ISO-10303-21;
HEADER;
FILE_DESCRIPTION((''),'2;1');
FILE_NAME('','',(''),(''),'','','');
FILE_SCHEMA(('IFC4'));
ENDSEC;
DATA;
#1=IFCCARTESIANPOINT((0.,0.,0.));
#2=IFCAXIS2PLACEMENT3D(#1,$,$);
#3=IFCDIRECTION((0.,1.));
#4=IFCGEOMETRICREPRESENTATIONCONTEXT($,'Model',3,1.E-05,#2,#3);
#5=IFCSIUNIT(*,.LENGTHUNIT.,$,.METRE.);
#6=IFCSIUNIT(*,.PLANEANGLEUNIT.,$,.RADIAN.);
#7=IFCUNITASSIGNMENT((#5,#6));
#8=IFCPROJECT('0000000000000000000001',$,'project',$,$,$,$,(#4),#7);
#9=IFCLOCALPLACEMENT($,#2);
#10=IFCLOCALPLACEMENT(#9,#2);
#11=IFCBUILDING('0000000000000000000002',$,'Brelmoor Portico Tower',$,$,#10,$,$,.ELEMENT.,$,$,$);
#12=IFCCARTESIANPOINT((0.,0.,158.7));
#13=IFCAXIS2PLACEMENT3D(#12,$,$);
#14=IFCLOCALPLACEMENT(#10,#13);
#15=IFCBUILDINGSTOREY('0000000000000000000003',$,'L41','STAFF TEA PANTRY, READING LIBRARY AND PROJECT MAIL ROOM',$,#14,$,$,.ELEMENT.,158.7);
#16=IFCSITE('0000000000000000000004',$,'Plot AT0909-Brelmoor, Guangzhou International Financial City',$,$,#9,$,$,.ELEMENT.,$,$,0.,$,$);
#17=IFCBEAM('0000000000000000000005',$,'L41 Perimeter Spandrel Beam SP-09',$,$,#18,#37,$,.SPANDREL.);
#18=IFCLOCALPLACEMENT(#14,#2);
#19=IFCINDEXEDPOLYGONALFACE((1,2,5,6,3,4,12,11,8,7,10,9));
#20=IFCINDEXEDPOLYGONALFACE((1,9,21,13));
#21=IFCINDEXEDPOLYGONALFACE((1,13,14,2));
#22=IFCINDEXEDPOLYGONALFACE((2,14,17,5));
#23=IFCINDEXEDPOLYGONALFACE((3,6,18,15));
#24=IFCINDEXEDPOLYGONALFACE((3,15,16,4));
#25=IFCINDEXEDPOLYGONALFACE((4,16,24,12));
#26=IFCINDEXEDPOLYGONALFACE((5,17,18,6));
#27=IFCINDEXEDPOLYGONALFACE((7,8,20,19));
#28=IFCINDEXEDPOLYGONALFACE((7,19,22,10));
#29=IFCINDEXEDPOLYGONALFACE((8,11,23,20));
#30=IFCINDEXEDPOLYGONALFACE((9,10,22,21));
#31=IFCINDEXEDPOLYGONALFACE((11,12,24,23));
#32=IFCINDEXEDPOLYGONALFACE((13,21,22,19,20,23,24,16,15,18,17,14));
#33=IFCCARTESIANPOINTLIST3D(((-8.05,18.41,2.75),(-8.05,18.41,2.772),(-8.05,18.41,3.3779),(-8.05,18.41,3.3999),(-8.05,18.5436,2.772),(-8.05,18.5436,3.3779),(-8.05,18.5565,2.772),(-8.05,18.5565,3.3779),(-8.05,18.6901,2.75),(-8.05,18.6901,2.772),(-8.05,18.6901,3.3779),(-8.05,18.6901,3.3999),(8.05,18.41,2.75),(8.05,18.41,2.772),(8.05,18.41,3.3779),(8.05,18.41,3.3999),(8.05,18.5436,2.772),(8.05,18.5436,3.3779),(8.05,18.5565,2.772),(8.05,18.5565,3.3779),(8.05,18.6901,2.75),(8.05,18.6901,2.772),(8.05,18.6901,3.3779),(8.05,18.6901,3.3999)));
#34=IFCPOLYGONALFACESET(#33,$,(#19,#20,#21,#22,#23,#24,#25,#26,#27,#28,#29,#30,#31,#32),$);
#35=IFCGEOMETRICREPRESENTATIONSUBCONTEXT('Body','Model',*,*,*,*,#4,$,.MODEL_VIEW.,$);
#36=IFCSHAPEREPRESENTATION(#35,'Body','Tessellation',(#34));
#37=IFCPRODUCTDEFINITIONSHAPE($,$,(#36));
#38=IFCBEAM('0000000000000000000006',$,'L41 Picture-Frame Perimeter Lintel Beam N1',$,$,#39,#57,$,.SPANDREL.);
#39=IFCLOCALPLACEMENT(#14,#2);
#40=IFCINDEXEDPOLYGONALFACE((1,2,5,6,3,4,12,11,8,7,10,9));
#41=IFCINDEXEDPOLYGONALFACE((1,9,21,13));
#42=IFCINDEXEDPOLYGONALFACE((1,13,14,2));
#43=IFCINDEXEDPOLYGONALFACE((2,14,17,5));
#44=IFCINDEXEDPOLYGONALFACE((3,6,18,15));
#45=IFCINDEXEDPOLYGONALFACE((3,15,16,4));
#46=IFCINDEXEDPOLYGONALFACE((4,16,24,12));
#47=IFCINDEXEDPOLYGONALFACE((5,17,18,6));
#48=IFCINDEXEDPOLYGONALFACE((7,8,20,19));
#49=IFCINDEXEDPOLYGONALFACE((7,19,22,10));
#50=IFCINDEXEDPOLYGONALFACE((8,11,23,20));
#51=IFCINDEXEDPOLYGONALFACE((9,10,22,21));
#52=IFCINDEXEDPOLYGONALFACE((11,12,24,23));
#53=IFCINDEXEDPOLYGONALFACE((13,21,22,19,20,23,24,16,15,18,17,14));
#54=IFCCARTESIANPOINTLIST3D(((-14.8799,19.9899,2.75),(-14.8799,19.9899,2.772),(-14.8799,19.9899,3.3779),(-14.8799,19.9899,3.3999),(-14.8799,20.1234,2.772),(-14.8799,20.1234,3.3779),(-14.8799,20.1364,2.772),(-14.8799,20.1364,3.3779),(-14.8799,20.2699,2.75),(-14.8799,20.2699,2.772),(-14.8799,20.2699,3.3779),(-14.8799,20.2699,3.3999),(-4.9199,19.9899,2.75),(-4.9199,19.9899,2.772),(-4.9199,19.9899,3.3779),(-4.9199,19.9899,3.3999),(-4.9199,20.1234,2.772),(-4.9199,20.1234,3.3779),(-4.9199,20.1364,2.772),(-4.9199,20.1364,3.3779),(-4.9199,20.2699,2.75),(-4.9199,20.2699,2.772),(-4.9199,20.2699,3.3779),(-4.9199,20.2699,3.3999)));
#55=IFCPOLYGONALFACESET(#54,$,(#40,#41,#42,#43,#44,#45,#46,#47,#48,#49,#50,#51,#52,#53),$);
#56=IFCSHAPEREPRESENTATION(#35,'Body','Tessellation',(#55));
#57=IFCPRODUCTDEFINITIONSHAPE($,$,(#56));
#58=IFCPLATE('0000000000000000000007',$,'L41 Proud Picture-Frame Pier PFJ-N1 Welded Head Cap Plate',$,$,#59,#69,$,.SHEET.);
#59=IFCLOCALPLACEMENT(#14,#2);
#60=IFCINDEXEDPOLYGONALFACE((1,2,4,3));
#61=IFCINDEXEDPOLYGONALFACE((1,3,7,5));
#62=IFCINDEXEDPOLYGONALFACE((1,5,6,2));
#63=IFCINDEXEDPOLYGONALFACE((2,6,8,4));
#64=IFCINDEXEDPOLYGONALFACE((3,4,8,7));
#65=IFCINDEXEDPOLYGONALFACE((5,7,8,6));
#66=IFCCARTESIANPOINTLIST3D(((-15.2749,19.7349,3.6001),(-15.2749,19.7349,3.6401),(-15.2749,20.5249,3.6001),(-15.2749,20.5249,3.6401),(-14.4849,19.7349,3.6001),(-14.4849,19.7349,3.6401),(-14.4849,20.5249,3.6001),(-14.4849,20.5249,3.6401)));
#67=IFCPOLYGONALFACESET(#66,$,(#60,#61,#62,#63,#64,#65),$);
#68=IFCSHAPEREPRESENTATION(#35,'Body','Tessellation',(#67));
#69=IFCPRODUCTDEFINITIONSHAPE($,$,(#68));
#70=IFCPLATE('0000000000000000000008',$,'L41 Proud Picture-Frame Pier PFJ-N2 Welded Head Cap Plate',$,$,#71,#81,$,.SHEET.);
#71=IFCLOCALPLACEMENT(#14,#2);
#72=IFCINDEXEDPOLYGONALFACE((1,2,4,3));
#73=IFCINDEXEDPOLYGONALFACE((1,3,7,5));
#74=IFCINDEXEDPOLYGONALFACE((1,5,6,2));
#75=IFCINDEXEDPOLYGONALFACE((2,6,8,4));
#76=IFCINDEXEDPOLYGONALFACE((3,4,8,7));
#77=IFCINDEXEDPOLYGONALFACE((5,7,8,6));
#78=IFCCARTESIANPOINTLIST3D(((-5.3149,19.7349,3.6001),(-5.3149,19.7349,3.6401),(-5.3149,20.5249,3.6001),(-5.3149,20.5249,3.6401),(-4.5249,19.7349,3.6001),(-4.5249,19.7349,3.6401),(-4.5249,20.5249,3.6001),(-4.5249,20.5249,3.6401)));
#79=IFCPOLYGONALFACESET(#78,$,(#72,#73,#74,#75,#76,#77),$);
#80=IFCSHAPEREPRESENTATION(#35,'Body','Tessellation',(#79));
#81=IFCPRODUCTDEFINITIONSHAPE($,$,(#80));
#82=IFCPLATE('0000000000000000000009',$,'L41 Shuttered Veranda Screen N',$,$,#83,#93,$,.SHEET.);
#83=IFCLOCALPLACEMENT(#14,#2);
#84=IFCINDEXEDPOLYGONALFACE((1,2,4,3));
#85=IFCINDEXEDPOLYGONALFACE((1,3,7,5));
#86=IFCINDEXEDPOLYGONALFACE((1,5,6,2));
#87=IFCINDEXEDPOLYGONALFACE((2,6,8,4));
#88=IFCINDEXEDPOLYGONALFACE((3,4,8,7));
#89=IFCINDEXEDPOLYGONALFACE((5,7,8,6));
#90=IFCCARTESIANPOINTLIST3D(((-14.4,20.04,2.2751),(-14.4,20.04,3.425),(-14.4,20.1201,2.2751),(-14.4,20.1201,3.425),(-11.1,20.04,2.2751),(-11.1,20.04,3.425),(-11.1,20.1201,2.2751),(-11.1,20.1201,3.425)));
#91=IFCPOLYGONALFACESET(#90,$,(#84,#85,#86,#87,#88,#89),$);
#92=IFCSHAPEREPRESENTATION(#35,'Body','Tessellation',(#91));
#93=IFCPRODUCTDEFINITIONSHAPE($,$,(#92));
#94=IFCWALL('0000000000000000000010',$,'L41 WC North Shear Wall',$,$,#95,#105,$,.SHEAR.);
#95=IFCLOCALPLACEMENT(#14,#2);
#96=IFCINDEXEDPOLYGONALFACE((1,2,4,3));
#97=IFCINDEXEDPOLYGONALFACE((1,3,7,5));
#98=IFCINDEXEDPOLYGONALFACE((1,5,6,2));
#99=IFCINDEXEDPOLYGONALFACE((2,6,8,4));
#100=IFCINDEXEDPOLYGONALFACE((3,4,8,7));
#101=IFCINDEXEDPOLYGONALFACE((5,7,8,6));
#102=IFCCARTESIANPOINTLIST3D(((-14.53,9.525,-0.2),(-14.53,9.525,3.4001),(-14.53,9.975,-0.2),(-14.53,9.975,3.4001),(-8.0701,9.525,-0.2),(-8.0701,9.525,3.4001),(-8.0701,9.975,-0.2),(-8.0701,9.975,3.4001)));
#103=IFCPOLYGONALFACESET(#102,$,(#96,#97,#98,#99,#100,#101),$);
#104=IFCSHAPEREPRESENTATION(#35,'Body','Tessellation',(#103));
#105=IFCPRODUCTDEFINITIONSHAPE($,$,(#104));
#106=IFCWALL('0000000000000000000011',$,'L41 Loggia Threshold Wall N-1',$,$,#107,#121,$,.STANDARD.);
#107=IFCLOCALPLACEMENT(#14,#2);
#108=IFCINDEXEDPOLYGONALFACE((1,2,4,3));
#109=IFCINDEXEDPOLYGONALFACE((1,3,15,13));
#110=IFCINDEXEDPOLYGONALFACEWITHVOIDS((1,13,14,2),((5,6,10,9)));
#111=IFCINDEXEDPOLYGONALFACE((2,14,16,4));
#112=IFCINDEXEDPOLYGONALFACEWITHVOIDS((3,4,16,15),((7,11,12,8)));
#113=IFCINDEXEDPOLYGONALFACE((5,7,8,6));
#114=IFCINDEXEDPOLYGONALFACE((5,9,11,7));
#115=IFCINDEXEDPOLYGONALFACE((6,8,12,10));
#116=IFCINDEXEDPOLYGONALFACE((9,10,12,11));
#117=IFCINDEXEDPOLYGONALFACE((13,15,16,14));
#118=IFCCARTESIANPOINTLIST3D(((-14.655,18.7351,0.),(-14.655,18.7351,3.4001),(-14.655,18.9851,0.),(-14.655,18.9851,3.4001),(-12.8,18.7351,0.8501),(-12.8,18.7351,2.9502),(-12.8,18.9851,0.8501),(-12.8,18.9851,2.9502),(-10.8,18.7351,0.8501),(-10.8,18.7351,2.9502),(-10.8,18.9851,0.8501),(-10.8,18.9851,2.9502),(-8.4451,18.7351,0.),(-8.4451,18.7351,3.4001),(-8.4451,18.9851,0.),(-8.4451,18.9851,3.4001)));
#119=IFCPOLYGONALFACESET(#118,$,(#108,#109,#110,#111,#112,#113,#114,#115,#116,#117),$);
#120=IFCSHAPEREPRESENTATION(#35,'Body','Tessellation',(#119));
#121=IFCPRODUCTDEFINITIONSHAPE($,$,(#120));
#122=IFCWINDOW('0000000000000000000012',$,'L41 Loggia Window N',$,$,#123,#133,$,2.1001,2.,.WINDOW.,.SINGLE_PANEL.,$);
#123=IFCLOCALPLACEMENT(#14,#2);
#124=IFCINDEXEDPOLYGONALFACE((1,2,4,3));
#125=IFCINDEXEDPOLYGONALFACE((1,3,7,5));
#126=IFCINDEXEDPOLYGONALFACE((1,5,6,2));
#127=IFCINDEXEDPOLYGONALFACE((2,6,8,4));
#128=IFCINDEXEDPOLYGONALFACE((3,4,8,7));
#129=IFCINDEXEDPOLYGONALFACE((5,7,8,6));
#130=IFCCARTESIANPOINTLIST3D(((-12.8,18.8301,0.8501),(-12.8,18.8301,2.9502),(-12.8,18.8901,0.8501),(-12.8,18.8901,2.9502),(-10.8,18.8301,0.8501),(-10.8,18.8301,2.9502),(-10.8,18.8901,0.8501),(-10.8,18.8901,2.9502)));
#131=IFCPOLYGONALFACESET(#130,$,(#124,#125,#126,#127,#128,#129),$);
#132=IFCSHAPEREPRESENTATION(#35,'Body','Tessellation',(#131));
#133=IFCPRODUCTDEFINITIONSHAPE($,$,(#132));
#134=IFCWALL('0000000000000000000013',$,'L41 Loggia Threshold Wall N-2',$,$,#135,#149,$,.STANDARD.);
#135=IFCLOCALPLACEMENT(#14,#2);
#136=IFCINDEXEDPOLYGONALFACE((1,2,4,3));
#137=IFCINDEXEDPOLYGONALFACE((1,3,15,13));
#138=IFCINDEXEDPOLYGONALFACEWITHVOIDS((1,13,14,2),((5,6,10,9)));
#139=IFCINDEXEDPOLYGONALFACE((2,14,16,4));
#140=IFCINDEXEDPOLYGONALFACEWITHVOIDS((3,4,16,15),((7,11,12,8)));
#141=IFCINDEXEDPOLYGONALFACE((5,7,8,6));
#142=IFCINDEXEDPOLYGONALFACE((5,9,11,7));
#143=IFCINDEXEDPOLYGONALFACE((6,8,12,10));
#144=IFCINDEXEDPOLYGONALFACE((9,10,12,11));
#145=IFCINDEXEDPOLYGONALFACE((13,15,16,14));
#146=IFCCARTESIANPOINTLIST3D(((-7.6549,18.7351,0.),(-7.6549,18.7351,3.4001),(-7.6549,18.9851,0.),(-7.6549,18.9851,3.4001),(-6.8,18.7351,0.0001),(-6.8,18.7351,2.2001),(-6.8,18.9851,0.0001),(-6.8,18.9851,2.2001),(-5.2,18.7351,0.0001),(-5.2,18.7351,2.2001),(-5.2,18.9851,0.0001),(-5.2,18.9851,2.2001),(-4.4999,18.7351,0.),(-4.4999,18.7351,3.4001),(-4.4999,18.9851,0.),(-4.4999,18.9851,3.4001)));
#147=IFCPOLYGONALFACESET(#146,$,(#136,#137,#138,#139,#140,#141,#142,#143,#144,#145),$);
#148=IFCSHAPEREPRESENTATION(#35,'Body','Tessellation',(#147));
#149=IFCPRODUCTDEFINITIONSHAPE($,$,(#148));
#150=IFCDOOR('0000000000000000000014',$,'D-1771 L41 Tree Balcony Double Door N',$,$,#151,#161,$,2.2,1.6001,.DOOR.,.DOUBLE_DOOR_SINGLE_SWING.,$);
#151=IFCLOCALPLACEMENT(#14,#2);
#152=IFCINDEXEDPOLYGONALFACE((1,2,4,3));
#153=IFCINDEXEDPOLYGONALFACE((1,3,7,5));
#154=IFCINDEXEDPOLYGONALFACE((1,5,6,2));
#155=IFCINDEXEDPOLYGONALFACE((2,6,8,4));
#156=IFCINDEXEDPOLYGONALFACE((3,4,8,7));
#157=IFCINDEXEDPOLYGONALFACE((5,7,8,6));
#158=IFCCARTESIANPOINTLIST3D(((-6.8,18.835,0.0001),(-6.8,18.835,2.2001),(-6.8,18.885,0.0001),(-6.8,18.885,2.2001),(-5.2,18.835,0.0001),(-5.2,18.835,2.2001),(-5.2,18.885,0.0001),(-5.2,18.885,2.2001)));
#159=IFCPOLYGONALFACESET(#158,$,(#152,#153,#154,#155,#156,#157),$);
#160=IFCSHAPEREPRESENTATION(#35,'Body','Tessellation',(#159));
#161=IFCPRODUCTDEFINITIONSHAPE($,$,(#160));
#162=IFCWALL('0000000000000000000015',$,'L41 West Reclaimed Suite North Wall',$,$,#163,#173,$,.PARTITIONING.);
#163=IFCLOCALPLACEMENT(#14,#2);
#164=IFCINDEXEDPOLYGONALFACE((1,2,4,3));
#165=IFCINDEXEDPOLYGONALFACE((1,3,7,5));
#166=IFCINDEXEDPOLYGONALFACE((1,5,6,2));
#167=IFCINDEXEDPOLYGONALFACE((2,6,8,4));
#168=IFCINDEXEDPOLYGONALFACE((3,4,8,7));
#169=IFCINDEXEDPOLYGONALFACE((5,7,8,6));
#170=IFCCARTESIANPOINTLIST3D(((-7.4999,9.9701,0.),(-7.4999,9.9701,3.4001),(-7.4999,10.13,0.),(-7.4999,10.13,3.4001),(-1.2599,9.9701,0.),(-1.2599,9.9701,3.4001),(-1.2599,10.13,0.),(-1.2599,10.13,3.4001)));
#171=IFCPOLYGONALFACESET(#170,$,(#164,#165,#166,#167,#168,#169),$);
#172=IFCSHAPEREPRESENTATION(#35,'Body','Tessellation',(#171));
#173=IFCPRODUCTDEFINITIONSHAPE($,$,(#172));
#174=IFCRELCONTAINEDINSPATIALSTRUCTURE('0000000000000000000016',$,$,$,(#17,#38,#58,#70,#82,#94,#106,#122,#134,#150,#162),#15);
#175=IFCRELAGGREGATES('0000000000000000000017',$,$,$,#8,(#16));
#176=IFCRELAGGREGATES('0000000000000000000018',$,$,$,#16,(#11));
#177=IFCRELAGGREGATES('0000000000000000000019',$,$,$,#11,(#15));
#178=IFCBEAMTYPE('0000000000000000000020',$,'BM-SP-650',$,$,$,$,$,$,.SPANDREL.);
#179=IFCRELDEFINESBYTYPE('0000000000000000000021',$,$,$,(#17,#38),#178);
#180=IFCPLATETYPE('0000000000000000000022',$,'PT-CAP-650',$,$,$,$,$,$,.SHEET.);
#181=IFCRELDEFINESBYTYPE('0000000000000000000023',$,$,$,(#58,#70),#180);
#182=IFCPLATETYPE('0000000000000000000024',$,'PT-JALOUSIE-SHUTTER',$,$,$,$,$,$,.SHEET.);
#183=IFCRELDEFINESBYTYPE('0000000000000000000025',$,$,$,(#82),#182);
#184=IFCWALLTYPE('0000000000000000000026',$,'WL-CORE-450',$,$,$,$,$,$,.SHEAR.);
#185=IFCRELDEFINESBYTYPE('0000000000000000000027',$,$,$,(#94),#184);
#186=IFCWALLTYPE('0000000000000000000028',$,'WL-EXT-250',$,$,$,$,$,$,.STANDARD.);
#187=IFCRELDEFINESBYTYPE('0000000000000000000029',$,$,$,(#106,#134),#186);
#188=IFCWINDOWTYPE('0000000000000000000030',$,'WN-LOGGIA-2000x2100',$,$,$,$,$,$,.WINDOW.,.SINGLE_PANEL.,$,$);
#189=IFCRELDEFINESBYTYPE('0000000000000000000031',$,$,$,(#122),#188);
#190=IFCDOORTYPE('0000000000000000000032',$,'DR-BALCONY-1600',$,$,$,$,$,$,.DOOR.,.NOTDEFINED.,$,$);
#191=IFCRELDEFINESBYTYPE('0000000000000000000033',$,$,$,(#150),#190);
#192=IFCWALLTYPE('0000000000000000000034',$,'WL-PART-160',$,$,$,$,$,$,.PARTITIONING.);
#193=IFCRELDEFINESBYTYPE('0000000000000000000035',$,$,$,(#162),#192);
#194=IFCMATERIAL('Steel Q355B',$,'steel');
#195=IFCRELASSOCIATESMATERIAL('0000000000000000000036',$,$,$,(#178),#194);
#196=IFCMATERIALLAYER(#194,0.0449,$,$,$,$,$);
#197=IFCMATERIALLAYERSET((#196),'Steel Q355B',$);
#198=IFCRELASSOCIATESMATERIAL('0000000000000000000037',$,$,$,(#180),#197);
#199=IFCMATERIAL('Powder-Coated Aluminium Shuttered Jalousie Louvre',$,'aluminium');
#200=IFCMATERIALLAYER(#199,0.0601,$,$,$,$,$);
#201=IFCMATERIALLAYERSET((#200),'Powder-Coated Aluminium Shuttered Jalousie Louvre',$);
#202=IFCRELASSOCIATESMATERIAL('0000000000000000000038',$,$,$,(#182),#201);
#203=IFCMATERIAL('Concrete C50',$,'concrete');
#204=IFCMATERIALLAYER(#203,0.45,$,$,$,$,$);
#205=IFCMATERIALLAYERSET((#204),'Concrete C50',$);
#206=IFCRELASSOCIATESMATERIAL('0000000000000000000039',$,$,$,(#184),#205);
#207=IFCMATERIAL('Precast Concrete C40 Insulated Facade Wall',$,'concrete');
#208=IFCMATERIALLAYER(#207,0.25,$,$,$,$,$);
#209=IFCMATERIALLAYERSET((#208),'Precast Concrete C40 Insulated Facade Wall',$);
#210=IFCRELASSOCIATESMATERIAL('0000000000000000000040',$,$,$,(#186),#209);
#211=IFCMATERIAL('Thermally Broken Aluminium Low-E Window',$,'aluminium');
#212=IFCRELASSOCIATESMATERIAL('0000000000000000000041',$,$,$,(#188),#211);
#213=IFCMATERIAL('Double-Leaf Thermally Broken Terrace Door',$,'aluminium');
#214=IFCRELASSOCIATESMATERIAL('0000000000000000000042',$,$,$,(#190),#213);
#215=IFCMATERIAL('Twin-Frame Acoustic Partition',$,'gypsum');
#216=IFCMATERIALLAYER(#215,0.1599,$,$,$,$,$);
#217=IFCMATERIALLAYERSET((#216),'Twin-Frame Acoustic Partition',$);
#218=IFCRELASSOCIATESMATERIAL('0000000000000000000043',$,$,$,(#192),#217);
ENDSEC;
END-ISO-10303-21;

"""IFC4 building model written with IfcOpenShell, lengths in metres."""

from ifc_helpers import new_model, si_unit, direction, frame, frame_2d, origin, origin_2d, place, context, subcontext, project, spatial, rectangle, i_section, extrude, material, layer, layer_set, material_profile, profile_set, type_object, element, fill, save


model = new_model("IFC4")

# Units and contexts
model_context = context("Model", 3, precision=1e-05, world=origin(), true_north=direction((0.0, 1.0)))
body_context = subcontext(model_context, "Body", "Model", "MODEL_VIEW")
ifc_project = project(units=[si_unit("LENGTHUNIT", "METRE"), si_unit("PLANEANGLEUNIT", "RADIAN")], contexts=[model_context])

# Site, building, storey
site_placement = place(None, origin())
site = spatial("IfcSite", under=ifc_project, at=site_placement, Name="Plot AT0909-Brelmoor, Guangzhou International Financial City", CompositionType="ELEMENT", RefElevation=0.0)
building_placement = place(site_placement, origin())
building = spatial("IfcBuilding", under=site, at=building_placement, Name="Brelmoor Portico Tower", CompositionType="ELEMENT")
storey_placement = place(building_placement, frame((0.0, 0.0, 158.7)))
storey = spatial("IfcBuildingStorey", under=building, at=storey_placement, Name="L41", Description="STAFF TEA PANTRY, READING LIBRARY AND PROJECT MAIL ROOM", CompositionType="ELEMENT", Elevation=158.7)

# Shared definitions
ifc_material_1 = material(Name="Steel Q355B", Category="steel")

# Beams
ifc_material_profile_1 = material_profile(ifc_material_1, i_section(OverallWidth=0.28, OverallDepth=0.6499, WebThickness=0.0129, FlangeThickness=0.022, at=origin_2d()), Name="HN 650x280x13x22")
ifc_profile_set_1 = profile_set([ifc_material_profile_1], Name="Steel Q355B")
beam_type_1 = type_object("IfcBeamType", Name="BM-SP-650", PredefinedType="SPANDREL", material=ifc_profile_set_1)
beam_1_placement = place(storey_placement, frame((-8.05, 18.55, 3.075), z_axis=(1.0, 0.0, 0.0), x_axis=(0.0, 1.0, 0.0)))
element("IfcBeam", 1, at=beam_1_placement, inside=storey, type_object=beam_type_1, Name="L41 Perimeter Spandrel Beam SP-09", PredefinedType="SPANDREL", context=body_context, shape_type="SweptSolid", body=[
    extrude(i_section(OverallWidth=0.28, OverallDepth=0.6499, WebThickness=0.0129, FlangeThickness=0.022, at=origin_2d()), origin(), (0.0, 0.0, 1.0), 16.1001),
])
beam_2_placement = place(storey_placement, frame((-14.8799, 20.1299, 3.075), z_axis=(1.0, 0.0, 0.0), x_axis=(0.0, 1.0, 0.0)))
element("IfcBeam", 2, at=beam_2_placement, inside=storey, type_object=beam_type_1, Name="L41 Picture-Frame Perimeter Lintel Beam N1", PredefinedType="SPANDREL", context=body_context, shape_type="SweptSolid", body=[
    extrude(i_section(OverallWidth=0.28, OverallDepth=0.6499, WebThickness=0.0129, FlangeThickness=0.022, at=origin_2d()), origin(), (0.0, 0.0, 1.0), 9.96),
])

# Plates
ifc_layer_1 = layer(ifc_material_1, 0.0449)
ifc_layer_set_1 = layer_set([ifc_layer_1], Name="Steel Q355B")
plate_type_1 = type_object("IfcPlateType", Name="PT-CAP-650", PredefinedType="SHEET", material=ifc_layer_set_1)
for number, where, z_axis, x_axis, name in (
    (3, (-14.8799, 20.1299, 3.6001), (0.0, 0.0, 1.0), (1.0, 0.0, 0.0), "L41 Proud Picture-Frame Pier PFJ-N1 Welded Head Cap Plate"),
    (4, (-4.9199, 20.1299, 3.6001), (0.0, 0.0, 1.0), (1.0, 0.0, 0.0), "L41 Proud Picture-Frame Pier PFJ-N2 Welded Head Cap Plate"),
):
    element("IfcPlate", number, at=place(storey_placement, frame(where, z_axis=z_axis, x_axis=x_axis)), inside=storey, type_object=plate_type_1, Name=name, PredefinedType="SHEET", context=body_context, shape_type="SweptSolid", body=[
        extrude(rectangle(XDim=0.79, YDim=0.79, at=origin_2d()), origin(), (0.0, 0.0, 1.0), 0.04),
    ])
ifc_material_2 = material(Name="Powder-Coated Aluminium Shuttered Jalousie Louvre", Category="aluminium")
ifc_layer_2 = layer(ifc_material_2, 0.0601)
ifc_layer_set_2 = layer_set([ifc_layer_2], Name="Powder-Coated Aluminium Shuttered Jalousie Louvre")
plate_type_2 = type_object("IfcPlateType", Name="PT-JALOUSIE-SHUTTER", PredefinedType="SHEET", material=ifc_layer_set_2)
plate_placement = place(storey_placement, frame((-12.75, 20.0801, 2.2751), z_axis=(0.0, 0.0, 1.0), x_axis=(1.0, 0.0, 0.0)))
element("IfcPlate", 5, at=plate_placement, inside=storey, type_object=plate_type_2, Name="L41 Shuttered Veranda Screen N", PredefinedType="SHEET", context=body_context, shape_type="SweptSolid", body=[
    extrude(rectangle(XDim=3.3, YDim=0.0801, at=origin_2d()), origin(), (0.0, 0.0, 1.0), 1.1499),
])

# Wall
ifc_material_3 = material(Name="Concrete C50", Category="concrete")
ifc_layer_3 = layer(ifc_material_3, 0.45)
ifc_layer_set_3 = layer_set([ifc_layer_3], Name="Concrete C50")
wall_type_1 = type_object("IfcWallType", Name="WL-CORE-450", PredefinedType="SHEAR", material=ifc_layer_set_3)
wall_1_placement = place(storey_placement, frame((-14.53, 9.75, -0.2), z_axis=(0.0, 0.0, 1.0), x_axis=(1.0, 0.0, 0.0)))
element("IfcWall", 6, at=wall_1_placement, inside=storey, type_object=wall_type_1, Name="L41 WC North Shear Wall", PredefinedType="SHEAR", context=body_context, shape_type="SweptSolid", body=[
    extrude(rectangle(XDim=6.46, YDim=0.45, at=frame_2d((3.23, 0.0))), origin(), (0.0, 0.0, 1.0), 3.6001),
])

# Wall, opening, window
ifc_material_4 = material(Name="Precast Concrete C40 Insulated Facade Wall", Category="concrete")
ifc_layer_4 = layer(ifc_material_4, 0.25)
ifc_layer_set_4 = layer_set([ifc_layer_4], Name="Precast Concrete C40 Insulated Facade Wall")
wall_type_2 = type_object("IfcWallType", Name="WL-EXT-250", PredefinedType="STANDARD", material=ifc_layer_set_4)
wall_2_placement = place(storey_placement, frame((-14.655, 18.8601, 0.0), z_axis=(0.0, 0.0, 1.0), x_axis=(1.0, 0.0, 0.0)))
wall_2 = element("IfcWall", 7, at=wall_2_placement, inside=storey, type_object=wall_type_2, Name="L41 Loggia Threshold Wall N-1", PredefinedType="STANDARD", context=body_context, shape_type="SweptSolid", body=[
    extrude(rectangle(XDim=6.21, YDim=0.25, at=frame_2d((3.105, 0.0))), origin(), (0.0, 0.0, 1.0), 3.4001),
])
opening_1_placement = place(wall_2_placement, frame((1.855, 0.0, 0.8501)))
opening_1 = element("IfcOpeningElement", 8, at=opening_1_placement, cuts=wall_2, PredefinedType="OPENING", context=body_context, shape_type="SweptSolid", body=[
    extrude(rectangle(XDim=2.0, YDim=2.1001, at=frame_2d((1.0, 1.05))), frame((0.0, 0.135, 0.0), z_axis=(0.0, -1.0, 0.0), x_axis=(1.0, 0.0, 0.0)), (0.0, 0.0, 1.0), 0.27),
])
ifc_material_5 = material(Name="Thermally Broken Aluminium Low-E Window", Category="aluminium")
window_type = type_object("IfcWindowType", Name="WN-LOGGIA-2000x2100", PartitioningType="SINGLE_PANEL", PredefinedType="WINDOW", material=ifc_material_5)
window_placement = place(opening_1_placement, origin())
window = element("IfcWindow", 9, at=window_placement, inside=storey, type_object=window_type, Name="L41 Loggia Window N", OverallHeight=2.1001, OverallWidth=2.0, PartitioningType="SINGLE_PANEL", PredefinedType="WINDOW", context=body_context, shape_type="SweptSolid", body=[
    extrude(rectangle(XDim=2.0, YDim=2.1001, at=frame_2d((1.0, 1.05))), frame((0.0, 0.03, 0.0), z_axis=(0.0, -1.0, 0.0), x_axis=(1.0, 0.0, 0.0)), (0.0, 0.0, 1.0), 0.0601),
])
fill(opening_1, window)

# Wall, opening, door
wall_3_placement = place(storey_placement, frame((-7.655, 18.8601, 0.0), z_axis=(0.0, 0.0, 1.0), x_axis=(1.0, 0.0, 0.0)))
wall_3 = element("IfcWall", 10, at=wall_3_placement, inside=storey, type_object=wall_type_2, Name="L41 Loggia Threshold Wall N-2", PredefinedType="STANDARD", context=body_context, shape_type="SweptSolid", body=[
    extrude(rectangle(XDim=3.155, YDim=0.25, at=frame_2d((1.5776, 0.0))), origin(), (0.0, 0.0, 1.0), 3.4001),
])
opening_2_placement = place(wall_3_placement, frame((0.855, 0.0, 0.0)))
opening_2 = element("IfcOpeningElement", 11, at=opening_2_placement, cuts=wall_3, PredefinedType="OPENING", context=body_context, shape_type="SweptSolid", body=[
    extrude(rectangle(XDim=1.6001, YDim=2.2, at=frame_2d((0.8, 1.1001))), frame((0.0, 0.135, 0.0), z_axis=(0.0, -1.0, 0.0), x_axis=(1.0, 0.0, 0.0)), (0.0, 0.0, 1.0), 0.27),
])
ifc_material_6 = material(Name="Double-Leaf Thermally Broken Terrace Door", Category="aluminium")
door_type = type_object("IfcDoorType", Name="DR-BALCONY-1600", OperationType="NOTDEFINED", PredefinedType="DOOR", material=ifc_material_6)
door_placement = place(opening_2_placement, origin())
door = element("IfcDoor", 12, at=door_placement, inside=storey, type_object=door_type, Name="D-1771 L41 Tree Balcony Double Door N", OperationType="DOUBLE_DOOR_SINGLE_SWING", OverallHeight=2.2, OverallWidth=1.6001, PredefinedType="DOOR", context=body_context, shape_type="SweptSolid", body=[
    extrude(rectangle(XDim=1.6001, YDim=2.2, at=frame_2d((0.8, 1.1001))), frame((0.0, 0.0249, 0.0), z_axis=(0.0, -1.0, 0.0), x_axis=(1.0, 0.0, 0.0)), (0.0, 0.0, 1.0), 0.05),
])
fill(opening_2, door)

# Wall
ifc_material_7 = material(Name="Twin-Frame Acoustic Partition", Category="gypsum")
ifc_layer_5 = layer(ifc_material_7, 0.1599)
ifc_layer_set_5 = layer_set([ifc_layer_5], Name="Twin-Frame Acoustic Partition")
wall_type_3 = type_object("IfcWallType", Name="WL-PART-160", PredefinedType="PARTITIONING", material=ifc_layer_set_5)
wall_4_placement = place(storey_placement, frame((-7.5, 10.05, 0.0), z_axis=(0.0, 0.0, 1.0), x_axis=(1.0, 0.0, 0.0)))
element("IfcWall", 13, at=wall_4_placement, inside=storey, type_object=wall_type_3, Name="L41 West Reclaimed Suite North Wall", PredefinedType="PARTITIONING", context=body_context, shape_type="SweptSolid", body=[
    extrude(rectangle(XDim=6.24, YDim=0.1599, at=frame_2d((3.1201, 0.0))), origin(), (0.0, 0.0, 1.0), 3.4001),
])

save(model, "model.ifc")
